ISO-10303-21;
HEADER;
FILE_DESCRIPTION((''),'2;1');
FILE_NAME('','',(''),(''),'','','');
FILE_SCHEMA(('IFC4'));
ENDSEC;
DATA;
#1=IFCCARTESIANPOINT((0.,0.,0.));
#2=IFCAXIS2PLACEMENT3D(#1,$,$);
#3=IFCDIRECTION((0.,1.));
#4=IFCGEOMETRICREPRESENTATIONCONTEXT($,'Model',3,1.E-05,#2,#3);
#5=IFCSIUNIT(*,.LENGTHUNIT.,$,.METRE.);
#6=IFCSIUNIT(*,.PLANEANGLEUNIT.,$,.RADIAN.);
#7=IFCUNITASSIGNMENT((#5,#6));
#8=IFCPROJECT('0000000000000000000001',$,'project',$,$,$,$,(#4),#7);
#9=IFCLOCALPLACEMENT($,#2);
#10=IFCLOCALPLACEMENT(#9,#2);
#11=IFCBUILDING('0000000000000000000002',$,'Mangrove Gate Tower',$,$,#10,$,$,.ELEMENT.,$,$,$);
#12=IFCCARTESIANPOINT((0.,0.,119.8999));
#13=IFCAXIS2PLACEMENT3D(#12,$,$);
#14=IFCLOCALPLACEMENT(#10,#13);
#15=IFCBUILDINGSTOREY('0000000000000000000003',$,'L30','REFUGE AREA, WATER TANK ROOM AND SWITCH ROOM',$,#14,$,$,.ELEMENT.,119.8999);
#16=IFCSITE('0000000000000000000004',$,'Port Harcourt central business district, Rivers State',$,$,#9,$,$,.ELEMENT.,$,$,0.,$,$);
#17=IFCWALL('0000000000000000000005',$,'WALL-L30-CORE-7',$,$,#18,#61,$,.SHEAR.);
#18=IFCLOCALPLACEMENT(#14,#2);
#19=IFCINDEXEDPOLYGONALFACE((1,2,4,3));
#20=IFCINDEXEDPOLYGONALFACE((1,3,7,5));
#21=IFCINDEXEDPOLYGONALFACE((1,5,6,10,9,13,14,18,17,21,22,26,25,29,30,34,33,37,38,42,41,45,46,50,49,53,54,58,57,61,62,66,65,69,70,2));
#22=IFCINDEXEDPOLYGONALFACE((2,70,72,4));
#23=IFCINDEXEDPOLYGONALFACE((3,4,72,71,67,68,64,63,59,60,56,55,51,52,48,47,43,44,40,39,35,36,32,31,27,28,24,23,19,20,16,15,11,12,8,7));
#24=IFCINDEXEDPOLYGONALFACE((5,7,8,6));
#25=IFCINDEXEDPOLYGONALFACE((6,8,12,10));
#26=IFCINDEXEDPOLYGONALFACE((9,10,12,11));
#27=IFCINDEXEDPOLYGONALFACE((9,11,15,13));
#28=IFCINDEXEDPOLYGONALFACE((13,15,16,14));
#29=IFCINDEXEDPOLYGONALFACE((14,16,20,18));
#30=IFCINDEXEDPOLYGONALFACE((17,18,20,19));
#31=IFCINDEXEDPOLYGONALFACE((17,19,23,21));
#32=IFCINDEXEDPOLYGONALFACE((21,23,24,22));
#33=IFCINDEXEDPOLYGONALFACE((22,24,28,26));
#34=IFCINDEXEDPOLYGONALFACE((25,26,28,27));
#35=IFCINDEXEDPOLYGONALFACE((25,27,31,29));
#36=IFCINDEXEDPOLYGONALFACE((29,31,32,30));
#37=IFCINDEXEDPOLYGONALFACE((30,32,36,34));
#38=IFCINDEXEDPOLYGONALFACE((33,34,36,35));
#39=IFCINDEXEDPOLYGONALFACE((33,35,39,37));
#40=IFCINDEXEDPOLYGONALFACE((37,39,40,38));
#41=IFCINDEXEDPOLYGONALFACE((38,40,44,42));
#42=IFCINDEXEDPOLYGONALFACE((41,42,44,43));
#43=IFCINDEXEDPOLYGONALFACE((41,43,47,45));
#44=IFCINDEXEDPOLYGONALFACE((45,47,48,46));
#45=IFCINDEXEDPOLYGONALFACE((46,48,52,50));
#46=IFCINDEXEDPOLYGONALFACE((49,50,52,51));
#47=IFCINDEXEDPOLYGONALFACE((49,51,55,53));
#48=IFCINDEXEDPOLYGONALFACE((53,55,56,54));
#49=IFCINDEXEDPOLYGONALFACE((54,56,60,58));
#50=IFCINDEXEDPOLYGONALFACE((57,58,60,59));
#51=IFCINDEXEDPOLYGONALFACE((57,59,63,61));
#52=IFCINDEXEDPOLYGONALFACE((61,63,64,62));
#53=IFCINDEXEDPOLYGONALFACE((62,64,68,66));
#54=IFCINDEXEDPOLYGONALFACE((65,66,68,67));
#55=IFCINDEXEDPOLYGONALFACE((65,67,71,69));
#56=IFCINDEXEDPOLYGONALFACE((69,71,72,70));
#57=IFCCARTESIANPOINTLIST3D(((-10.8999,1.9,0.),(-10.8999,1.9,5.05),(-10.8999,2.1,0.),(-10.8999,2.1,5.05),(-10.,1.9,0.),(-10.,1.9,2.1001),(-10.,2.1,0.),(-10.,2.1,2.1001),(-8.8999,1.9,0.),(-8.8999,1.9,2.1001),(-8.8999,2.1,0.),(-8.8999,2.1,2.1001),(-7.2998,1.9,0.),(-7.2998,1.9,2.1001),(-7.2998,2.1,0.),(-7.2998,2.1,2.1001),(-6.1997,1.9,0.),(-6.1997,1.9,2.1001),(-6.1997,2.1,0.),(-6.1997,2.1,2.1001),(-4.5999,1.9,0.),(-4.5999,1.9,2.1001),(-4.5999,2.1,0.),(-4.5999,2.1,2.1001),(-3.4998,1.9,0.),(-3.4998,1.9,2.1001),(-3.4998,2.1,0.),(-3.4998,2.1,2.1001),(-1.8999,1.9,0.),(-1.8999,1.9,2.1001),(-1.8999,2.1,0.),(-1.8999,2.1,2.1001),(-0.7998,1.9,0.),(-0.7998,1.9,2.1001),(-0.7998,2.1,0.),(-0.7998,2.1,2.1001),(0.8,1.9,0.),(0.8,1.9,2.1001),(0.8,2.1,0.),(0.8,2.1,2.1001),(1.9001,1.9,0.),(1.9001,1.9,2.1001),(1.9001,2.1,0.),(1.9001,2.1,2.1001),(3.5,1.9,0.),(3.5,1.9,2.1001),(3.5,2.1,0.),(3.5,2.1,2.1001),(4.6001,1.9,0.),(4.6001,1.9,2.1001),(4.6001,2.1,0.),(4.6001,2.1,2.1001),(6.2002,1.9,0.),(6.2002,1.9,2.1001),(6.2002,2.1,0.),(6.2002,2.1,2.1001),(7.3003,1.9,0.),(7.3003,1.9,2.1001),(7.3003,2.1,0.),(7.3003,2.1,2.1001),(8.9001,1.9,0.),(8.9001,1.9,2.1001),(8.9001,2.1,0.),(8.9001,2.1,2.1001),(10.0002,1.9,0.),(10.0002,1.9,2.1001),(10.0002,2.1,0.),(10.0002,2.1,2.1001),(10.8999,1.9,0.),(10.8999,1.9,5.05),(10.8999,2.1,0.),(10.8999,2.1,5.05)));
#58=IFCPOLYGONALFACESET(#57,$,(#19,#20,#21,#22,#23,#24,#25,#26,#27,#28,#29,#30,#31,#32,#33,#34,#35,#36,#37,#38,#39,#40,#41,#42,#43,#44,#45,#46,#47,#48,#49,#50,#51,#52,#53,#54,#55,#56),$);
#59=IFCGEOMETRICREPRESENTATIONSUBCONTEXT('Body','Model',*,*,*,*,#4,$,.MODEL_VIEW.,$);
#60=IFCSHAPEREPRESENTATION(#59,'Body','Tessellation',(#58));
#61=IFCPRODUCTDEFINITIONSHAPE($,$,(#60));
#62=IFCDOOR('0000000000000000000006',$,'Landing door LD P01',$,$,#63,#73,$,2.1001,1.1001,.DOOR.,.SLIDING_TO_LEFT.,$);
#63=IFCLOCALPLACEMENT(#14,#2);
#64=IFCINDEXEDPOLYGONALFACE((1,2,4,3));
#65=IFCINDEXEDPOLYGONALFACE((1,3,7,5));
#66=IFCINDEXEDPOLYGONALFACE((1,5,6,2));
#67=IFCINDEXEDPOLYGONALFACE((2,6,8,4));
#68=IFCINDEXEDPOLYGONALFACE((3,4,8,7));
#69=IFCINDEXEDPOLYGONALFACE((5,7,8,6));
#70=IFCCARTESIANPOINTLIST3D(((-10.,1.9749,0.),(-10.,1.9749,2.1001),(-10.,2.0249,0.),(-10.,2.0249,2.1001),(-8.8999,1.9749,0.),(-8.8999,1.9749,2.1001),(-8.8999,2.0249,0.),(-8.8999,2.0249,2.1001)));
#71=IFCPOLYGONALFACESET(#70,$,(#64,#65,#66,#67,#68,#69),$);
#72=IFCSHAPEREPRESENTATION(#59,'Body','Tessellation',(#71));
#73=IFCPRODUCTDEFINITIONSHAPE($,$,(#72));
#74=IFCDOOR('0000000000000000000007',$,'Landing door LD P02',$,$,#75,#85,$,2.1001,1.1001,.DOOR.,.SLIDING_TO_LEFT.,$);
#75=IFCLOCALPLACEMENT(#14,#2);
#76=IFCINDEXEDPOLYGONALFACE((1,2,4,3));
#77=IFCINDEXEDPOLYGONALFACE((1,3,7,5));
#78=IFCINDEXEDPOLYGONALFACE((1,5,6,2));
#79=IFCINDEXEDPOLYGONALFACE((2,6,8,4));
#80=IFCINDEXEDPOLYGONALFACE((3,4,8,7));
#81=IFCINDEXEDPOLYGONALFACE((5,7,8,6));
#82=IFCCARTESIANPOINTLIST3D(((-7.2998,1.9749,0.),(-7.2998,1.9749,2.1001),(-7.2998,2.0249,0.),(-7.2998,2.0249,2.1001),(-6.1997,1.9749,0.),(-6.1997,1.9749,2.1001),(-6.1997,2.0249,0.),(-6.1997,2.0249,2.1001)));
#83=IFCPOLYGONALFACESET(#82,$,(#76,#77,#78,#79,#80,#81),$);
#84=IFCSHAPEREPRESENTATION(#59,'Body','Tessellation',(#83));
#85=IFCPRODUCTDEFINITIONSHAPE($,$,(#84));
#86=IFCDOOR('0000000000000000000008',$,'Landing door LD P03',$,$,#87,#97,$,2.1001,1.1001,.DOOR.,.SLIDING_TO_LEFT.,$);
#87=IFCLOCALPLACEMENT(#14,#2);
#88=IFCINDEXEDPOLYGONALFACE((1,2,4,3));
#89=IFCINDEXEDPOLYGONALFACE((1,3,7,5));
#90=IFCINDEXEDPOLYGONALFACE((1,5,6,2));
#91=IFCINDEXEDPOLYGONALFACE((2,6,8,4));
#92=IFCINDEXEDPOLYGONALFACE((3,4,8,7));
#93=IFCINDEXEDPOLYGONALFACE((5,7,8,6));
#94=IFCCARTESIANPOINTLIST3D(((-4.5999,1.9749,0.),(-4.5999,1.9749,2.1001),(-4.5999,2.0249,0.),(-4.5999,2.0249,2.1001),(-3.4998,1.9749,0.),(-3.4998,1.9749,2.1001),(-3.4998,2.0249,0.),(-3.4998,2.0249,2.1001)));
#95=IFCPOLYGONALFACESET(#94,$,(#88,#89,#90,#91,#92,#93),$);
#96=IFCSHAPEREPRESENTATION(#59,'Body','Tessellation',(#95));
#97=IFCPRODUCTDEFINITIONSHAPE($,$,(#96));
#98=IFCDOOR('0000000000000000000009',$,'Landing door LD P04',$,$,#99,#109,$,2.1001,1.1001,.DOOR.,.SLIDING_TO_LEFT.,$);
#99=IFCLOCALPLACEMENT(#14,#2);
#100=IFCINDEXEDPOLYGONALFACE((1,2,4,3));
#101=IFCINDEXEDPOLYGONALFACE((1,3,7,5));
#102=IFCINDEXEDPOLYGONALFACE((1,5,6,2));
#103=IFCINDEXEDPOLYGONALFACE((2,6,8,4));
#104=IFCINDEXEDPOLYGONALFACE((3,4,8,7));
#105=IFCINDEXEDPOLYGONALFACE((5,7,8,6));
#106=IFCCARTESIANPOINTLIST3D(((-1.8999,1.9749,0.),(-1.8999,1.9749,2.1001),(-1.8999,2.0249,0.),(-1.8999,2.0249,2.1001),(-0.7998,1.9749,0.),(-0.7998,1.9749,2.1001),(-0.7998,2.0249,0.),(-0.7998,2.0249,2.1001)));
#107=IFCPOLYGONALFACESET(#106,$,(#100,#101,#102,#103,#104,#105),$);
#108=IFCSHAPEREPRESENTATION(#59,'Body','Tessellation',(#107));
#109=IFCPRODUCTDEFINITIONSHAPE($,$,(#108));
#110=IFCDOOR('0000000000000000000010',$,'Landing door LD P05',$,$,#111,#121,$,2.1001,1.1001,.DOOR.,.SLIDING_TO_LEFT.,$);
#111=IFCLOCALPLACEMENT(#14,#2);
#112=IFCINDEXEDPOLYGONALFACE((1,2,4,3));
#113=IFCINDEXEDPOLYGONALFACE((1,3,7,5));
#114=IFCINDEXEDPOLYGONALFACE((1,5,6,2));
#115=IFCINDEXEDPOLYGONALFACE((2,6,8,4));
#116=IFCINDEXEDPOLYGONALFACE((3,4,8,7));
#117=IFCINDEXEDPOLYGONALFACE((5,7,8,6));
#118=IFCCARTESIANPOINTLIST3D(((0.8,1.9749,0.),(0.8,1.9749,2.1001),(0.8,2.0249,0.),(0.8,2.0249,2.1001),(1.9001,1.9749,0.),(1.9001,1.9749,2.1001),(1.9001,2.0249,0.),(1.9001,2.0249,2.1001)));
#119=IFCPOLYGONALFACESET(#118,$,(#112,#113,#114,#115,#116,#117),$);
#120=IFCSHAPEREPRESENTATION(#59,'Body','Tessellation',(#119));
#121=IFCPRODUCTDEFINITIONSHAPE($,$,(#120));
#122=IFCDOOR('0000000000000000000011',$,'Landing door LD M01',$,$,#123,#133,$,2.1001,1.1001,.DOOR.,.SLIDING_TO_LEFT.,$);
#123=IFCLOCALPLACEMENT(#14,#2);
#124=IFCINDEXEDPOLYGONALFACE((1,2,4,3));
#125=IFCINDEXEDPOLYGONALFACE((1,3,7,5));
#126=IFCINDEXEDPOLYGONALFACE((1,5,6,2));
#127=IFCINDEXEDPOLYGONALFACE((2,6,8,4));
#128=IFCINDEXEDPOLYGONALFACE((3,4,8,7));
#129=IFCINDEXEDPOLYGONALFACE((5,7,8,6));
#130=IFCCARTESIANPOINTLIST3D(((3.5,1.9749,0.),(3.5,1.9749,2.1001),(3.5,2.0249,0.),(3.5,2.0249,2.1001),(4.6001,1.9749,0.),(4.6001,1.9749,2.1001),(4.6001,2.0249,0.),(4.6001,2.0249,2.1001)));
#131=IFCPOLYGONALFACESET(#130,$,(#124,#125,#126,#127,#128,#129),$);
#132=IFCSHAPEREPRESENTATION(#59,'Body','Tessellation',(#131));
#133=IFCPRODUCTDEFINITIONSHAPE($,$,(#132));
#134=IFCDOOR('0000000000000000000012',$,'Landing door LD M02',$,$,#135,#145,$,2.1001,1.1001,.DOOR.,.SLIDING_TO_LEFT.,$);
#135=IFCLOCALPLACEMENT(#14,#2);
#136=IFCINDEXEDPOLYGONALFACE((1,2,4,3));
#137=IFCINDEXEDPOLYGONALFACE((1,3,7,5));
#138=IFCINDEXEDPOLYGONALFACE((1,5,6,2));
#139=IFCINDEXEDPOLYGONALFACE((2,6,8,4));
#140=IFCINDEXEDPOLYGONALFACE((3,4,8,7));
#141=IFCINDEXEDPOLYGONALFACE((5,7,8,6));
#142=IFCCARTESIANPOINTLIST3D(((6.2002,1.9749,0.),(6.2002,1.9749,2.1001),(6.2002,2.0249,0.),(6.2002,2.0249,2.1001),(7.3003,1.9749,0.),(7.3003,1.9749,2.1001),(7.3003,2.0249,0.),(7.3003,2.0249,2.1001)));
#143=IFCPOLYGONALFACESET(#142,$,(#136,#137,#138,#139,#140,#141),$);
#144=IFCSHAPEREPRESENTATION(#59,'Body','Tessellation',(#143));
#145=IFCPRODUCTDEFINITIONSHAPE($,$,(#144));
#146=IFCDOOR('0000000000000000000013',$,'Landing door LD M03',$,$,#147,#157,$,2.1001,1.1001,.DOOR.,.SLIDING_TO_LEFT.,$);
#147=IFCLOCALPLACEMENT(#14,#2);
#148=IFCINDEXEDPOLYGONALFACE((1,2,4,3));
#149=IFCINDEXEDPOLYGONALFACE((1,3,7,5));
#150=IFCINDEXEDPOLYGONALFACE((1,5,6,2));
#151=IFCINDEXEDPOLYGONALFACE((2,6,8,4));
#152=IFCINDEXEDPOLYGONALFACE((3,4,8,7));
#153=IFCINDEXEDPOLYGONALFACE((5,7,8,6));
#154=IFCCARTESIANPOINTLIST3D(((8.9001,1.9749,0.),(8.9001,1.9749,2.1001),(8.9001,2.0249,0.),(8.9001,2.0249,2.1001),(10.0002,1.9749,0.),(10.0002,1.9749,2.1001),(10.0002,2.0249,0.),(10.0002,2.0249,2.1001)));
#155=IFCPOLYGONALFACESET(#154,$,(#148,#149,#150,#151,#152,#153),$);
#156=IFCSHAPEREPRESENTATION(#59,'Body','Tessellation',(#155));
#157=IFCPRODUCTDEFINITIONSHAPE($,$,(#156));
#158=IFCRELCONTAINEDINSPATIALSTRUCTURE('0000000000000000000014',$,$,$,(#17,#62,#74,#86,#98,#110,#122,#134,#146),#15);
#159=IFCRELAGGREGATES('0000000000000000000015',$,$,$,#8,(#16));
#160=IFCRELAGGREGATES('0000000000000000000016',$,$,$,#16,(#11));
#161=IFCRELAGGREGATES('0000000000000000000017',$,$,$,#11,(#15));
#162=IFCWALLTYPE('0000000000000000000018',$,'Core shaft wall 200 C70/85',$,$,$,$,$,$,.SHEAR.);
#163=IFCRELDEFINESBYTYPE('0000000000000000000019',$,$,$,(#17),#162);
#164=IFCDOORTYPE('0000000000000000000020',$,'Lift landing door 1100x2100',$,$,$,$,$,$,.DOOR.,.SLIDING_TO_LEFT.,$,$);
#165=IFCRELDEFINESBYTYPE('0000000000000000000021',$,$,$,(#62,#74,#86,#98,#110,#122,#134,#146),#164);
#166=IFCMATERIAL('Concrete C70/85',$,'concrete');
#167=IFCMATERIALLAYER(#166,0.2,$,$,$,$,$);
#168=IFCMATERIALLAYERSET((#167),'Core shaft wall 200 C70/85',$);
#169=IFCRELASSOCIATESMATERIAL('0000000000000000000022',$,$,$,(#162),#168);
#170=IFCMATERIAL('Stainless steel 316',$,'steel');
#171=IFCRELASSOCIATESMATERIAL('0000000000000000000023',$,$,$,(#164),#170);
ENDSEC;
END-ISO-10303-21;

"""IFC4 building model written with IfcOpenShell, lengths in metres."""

from ifc_helpers import new_model, si_unit, direction, frame, frame_2d, origin, place, context, subcontext, project, spatial, rectangle, extrude, material, layer, layer_set, type_object, element, fill, save


model = new_model("IFC4")

# Units and contexts
model_context = context("Model", 3, precision=1e-05, world=origin(), true_north=direction((0.0, 1.0)))
body_context = subcontext(model_context, "Body", "Model", "MODEL_VIEW")
ifc_project = project(units=[si_unit("LENGTHUNIT", "METRE"), si_unit("PLANEANGLEUNIT", "RADIAN")], contexts=[model_context])

# Site, building, storey
site_placement = place(None, origin())
site = spatial("IfcSite", under=ifc_project, at=site_placement, Name="Port Harcourt central business district, Rivers State", CompositionType="ELEMENT", RefElevation=0.0)
building_placement = place(site_placement, origin())
building = spatial("IfcBuilding", under=site, at=building_placement, Name="Mangrove Gate Tower", CompositionType="ELEMENT")
storey_placement = place(building_placement, frame((0.0, 0.0, 119.8999)))
storey = spatial("IfcBuildingStorey", under=building, at=storey_placement, Name="L30", Description="REFUGE AREA, WATER TANK ROOM AND SWITCH ROOM", CompositionType="ELEMENT", Elevation=119.8999)

# Wall, openings, doors
ifc_material_1 = material(Name="Concrete C70/85", Category="concrete")
ifc_layer = layer(ifc_material_1, 0.2)
ifc_layer_set = layer_set([ifc_layer], Name="Core shaft wall 200 C70/85")
wall_type = type_object("IfcWallType", Name="Core shaft wall 200 C70/85", PredefinedType="SHEAR", material=ifc_layer_set)
wall_1_placement = place(storey_placement, frame((-10.8999, 2.0, 0.0), z_axis=(0.0, 0.0, 1.0), x_axis=(1.0, 0.0, 0.0)))
wall_1 = element("IfcWall", 1, at=wall_1_placement, inside=storey, type_object=wall_type, Name="WALL-L30-CORE-7", PredefinedType="SHEAR", context=body_context, shape_type="SweptSolid", body=[
    extrude(rectangle(XDim=21.7998, YDim=0.2, at=frame_2d((10.8999, 0.0))), origin(), (0.0, 0.0, 1.0), 5.05),
])
opening_1_placement = place(wall_1_placement, frame((0.8999, 0.0, 0.0)))
opening_1 = element("IfcOpeningElement", 2, at=opening_1_placement, cuts=wall_1, PredefinedType="OPENING", context=body_context, shape_type="SweptSolid", body=[
    extrude(rectangle(XDim=1.1001, YDim=2.1001, at=frame_2d((0.55, 1.05))), frame((0.0, 0.1099, 0.0), z_axis=(0.0, -1.0, 0.0), x_axis=(1.0, 0.0, 0.0)), (0.0, 0.0, 1.0), 0.22),
])
opening_2_placement = place(wall_1_placement, frame((3.6001, 0.0, 0.0)))
opening_2 = element("IfcOpeningElement", 3, at=opening_2_placement, cuts=wall_1, PredefinedType="OPENING", context=body_context, shape_type="SweptSolid", body=[
    extrude(rectangle(XDim=1.1001, YDim=2.1001, at=frame_2d((0.55, 1.05))), frame((0.0, 0.1099, 0.0), z_axis=(0.0, -1.0, 0.0), x_axis=(1.0, 0.0, 0.0)), (0.0, 0.0, 1.0), 0.22),
])
opening_3_placement = place(wall_1_placement, frame((6.3, 0.0, 0.0)))
opening_3 = element("IfcOpeningElement", 4, at=opening_3_placement, cuts=wall_1, PredefinedType="OPENING", context=body_context, shape_type="SweptSolid", body=[
    extrude(rectangle(XDim=1.1001, YDim=2.1001, at=frame_2d((0.55, 1.05))), frame((0.0, 0.1099, 0.0), z_axis=(0.0, -1.0, 0.0), x_axis=(1.0, 0.0, 0.0)), (0.0, 0.0, 1.0), 0.22),
])
opening_4_placement = place(wall_1_placement, frame((9.0, 0.0, 0.0)))
opening_4 = element("IfcOpeningElement", 5, at=opening_4_placement, cuts=wall_1, PredefinedType="OPENING", context=body_context, shape_type="SweptSolid", body=[
    extrude(rectangle(XDim=1.1001, YDim=2.1001, at=frame_2d((0.55, 1.05))), frame((0.0, 0.1099, 0.0), z_axis=(0.0, -1.0, 0.0), x_axis=(1.0, 0.0, 0.0)), (0.0, 0.0, 1.0), 0.22),
])
opening_5_placement = place(wall_1_placement, frame((11.7, 0.0, 0.0)))
opening_5 = element("IfcOpeningElement", 6, at=opening_5_placement, cuts=wall_1, PredefinedType="OPENING", context=body_context, shape_type="SweptSolid", body=[
    extrude(rectangle(XDim=1.1001, YDim=2.1001, at=frame_2d((0.55, 1.05))), frame((0.0, 0.1099, 0.0), z_axis=(0.0, -1.0, 0.0), x_axis=(1.0, 0.0, 0.0)), (0.0, 0.0, 1.0), 0.22),
])
opening_6_placement = place(wall_1_placement, frame((14.3999, 0.0, 0.0)))
opening_6 = element("IfcOpeningElement", 7, at=opening_6_placement, cuts=wall_1, PredefinedType="OPENING", context=body_context, shape_type="SweptSolid", body=[
    extrude(rectangle(XDim=1.1001, YDim=2.1001, at=frame_2d((0.55, 1.05))), frame((0.0, 0.1099, 0.0), z_axis=(0.0, -1.0, 0.0), x_axis=(1.0, 0.0, 0.0)), (0.0, 0.0, 1.0), 0.22),
])
opening_7_placement = place(wall_1_placement, frame((17.1001, 0.0, 0.0)))
opening_7 = element("IfcOpeningElement", 8, at=opening_7_placement, cuts=wall_1, PredefinedType="OPENING", context=body_context, shape_type="SweptSolid", body=[
    extrude(rectangle(XDim=1.1001, YDim=2.1001, at=frame_2d((0.55, 1.05))), frame((0.0, 0.1099, 0.0), z_axis=(0.0, -1.0, 0.0), x_axis=(1.0, 0.0, 0.0)), (0.0, 0.0, 1.0), 0.22),
])
opening_8_placement = place(wall_1_placement, frame((19.8, 0.0, 0.0)))
opening_8 = element("IfcOpeningElement", 9, at=opening_8_placement, cuts=wall_1, PredefinedType="OPENING", context=body_context, shape_type="SweptSolid", body=[
    extrude(rectangle(XDim=1.1001, YDim=2.1001, at=frame_2d((0.55, 1.05))), frame((0.0, 0.1099, 0.0), z_axis=(0.0, -1.0, 0.0), x_axis=(1.0, 0.0, 0.0)), (0.0, 0.0, 1.0), 0.22),
])
ifc_material_2 = material(Name="Stainless steel 316", Category="steel")
door_type = type_object("IfcDoorType", Name="Lift landing door 1100x2100", OperationType="SLIDING_TO_LEFT", PredefinedType="DOOR", material=ifc_material_2)
door_1_placement = place(opening_1_placement, origin())
door_1 = element("IfcDoor", 10, at=door_1_placement, inside=storey, type_object=door_type, Name="Landing door LD P01", OperationType="SLIDING_TO_LEFT", OverallHeight=2.1001, OverallWidth=1.1001, PredefinedType="DOOR", context=body_context, shape_type="SweptSolid", body=[
    extrude(rectangle(XDim=1.1001, YDim=2.1001, at=frame_2d((0.55, 1.05))), frame((0.0, 0.0249, 0.0), z_axis=(0.0, -1.0, 0.0), x_axis=(1.0, 0.0, 0.0)), (0.0, 0.0, 1.0), 0.05),
])
fill(opening_1, door_1)
door_2_placement = place(opening_2_placement, origin())
door_2 = element("IfcDoor", 11, at=door_2_placement, inside=storey, type_object=door_type, Name="Landing door LD P02", OperationType="SLIDING_TO_LEFT", OverallHeight=2.1001, OverallWidth=1.1001, PredefinedType="DOOR", context=body_context, shape_type="SweptSolid", body=[
    extrude(rectangle(XDim=1.1001, YDim=2.1001, at=frame_2d((0.55, 1.05))), frame((0.0, 0.0249, 0.0), z_axis=(0.0, -1.0, 0.0), x_axis=(1.0, 0.0, 0.0)), (0.0, 0.0, 1.0), 0.05),
])
fill(opening_2, door_2)
door_3_placement = place(opening_3_placement, origin())
door_3 = element("IfcDoor", 12, at=door_3_placement, inside=storey, type_object=door_type, Name="Landing door LD P03", OperationType="SLIDING_TO_LEFT", OverallHeight=2.1001, OverallWidth=1.1001, PredefinedType="DOOR", context=body_context, shape_type="SweptSolid", body=[
    extrude(rectangle(XDim=1.1001, YDim=2.1001, at=frame_2d((0.55, 1.05))), frame((0.0, 0.0249, 0.0), z_axis=(0.0, -1.0, 0.0), x_axis=(1.0, 0.0, 0.0)), (0.0, 0.0, 1.0), 0.05),
])
fill(opening_3, door_3)
door_4_placement = place(opening_4_placement, origin())
door_4 = element("IfcDoor", 13, at=door_4_placement, inside=storey, type_object=door_type, Name="Landing door LD P04", OperationType="SLIDING_TO_LEFT", OverallHeight=2.1001, OverallWidth=1.1001, PredefinedType="DOOR", context=body_context, shape_type="SweptSolid", body=[
    extrude(rectangle(XDim=1.1001, YDim=2.1001, at=frame_2d((0.55, 1.05))), frame((0.0, 0.0249, 0.0), z_axis=(0.0, -1.0, 0.0), x_axis=(1.0, 0.0, 0.0)), (0.0, 0.0, 1.0), 0.05),
])
fill(opening_4, door_4)
door_5_placement = place(opening_5_placement, origin())
door_5 = element("IfcDoor", 14, at=door_5_placement, inside=storey, type_object=door_type, Name="Landing door LD P05", OperationType="SLIDING_TO_LEFT", OverallHeight=2.1001, OverallWidth=1.1001, PredefinedType="DOOR", context=body_context, shape_type="SweptSolid", body=[
    extrude(rectangle(XDim=1.1001, YDim=2.1001, at=frame_2d((0.55, 1.05))), frame((0.0, 0.0249, 0.0), z_axis=(0.0, -1.0, 0.0), x_axis=(1.0, 0.0, 0.0)), (0.0, 0.0, 1.0), 0.05),
])
fill(opening_5, door_5)
door_6_placement = place(opening_6_placement, origin())
door_6 = element("IfcDoor", 15, at=door_6_placement, inside=storey, type_object=door_type, Name="Landing door LD M01", OperationType="SLIDING_TO_LEFT", OverallHeight=2.1001, OverallWidth=1.1001, PredefinedType="DOOR", context=body_context, shape_type="SweptSolid", body=[
    extrude(rectangle(XDim=1.1001, YDim=2.1001, at=frame_2d((0.55, 1.05))), frame((0.0, 0.0249, 0.0), z_axis=(0.0, -1.0, 0.0), x_axis=(1.0, 0.0, 0.0)), (0.0, 0.0, 1.0), 0.05),
])
fill(opening_6, door_6)
door_7_placement = place(opening_7_placement, origin())
door_7 = element("IfcDoor", 16, at=door_7_placement, inside=storey, type_object=door_type, Name="Landing door LD M02", OperationType="SLIDING_TO_LEFT", OverallHeight=2.1001, OverallWidth=1.1001, PredefinedType="DOOR", context=body_context, shape_type="SweptSolid", body=[
    extrude(rectangle(XDim=1.1001, YDim=2.1001, at=frame_2d((0.55, 1.05))), frame((0.0, 0.0249, 0.0), z_axis=(0.0, -1.0, 0.0), x_axis=(1.0, 0.0, 0.0)), (0.0, 0.0, 1.0), 0.05),
])
fill(opening_7, door_7)
door_8_placement = place(opening_8_placement, origin())
door_8 = element("IfcDoor", 17, at=door_8_placement, inside=storey, type_object=door_type, Name="Landing door LD M03", OperationType="SLIDING_TO_LEFT", OverallHeight=2.1001, OverallWidth=1.1001, PredefinedType="DOOR", context=body_context, shape_type="SweptSolid", body=[
    extrude(rectangle(XDim=1.1001, YDim=2.1001, at=frame_2d((0.55, 1.05))), frame((0.0, 0.0249, 0.0), z_axis=(0.0, -1.0, 0.0), x_axis=(1.0, 0.0, 0.0)), (0.0, 0.0, 1.0), 0.05),
])
fill(opening_8, door_8)

save(model, "model.ifc")
